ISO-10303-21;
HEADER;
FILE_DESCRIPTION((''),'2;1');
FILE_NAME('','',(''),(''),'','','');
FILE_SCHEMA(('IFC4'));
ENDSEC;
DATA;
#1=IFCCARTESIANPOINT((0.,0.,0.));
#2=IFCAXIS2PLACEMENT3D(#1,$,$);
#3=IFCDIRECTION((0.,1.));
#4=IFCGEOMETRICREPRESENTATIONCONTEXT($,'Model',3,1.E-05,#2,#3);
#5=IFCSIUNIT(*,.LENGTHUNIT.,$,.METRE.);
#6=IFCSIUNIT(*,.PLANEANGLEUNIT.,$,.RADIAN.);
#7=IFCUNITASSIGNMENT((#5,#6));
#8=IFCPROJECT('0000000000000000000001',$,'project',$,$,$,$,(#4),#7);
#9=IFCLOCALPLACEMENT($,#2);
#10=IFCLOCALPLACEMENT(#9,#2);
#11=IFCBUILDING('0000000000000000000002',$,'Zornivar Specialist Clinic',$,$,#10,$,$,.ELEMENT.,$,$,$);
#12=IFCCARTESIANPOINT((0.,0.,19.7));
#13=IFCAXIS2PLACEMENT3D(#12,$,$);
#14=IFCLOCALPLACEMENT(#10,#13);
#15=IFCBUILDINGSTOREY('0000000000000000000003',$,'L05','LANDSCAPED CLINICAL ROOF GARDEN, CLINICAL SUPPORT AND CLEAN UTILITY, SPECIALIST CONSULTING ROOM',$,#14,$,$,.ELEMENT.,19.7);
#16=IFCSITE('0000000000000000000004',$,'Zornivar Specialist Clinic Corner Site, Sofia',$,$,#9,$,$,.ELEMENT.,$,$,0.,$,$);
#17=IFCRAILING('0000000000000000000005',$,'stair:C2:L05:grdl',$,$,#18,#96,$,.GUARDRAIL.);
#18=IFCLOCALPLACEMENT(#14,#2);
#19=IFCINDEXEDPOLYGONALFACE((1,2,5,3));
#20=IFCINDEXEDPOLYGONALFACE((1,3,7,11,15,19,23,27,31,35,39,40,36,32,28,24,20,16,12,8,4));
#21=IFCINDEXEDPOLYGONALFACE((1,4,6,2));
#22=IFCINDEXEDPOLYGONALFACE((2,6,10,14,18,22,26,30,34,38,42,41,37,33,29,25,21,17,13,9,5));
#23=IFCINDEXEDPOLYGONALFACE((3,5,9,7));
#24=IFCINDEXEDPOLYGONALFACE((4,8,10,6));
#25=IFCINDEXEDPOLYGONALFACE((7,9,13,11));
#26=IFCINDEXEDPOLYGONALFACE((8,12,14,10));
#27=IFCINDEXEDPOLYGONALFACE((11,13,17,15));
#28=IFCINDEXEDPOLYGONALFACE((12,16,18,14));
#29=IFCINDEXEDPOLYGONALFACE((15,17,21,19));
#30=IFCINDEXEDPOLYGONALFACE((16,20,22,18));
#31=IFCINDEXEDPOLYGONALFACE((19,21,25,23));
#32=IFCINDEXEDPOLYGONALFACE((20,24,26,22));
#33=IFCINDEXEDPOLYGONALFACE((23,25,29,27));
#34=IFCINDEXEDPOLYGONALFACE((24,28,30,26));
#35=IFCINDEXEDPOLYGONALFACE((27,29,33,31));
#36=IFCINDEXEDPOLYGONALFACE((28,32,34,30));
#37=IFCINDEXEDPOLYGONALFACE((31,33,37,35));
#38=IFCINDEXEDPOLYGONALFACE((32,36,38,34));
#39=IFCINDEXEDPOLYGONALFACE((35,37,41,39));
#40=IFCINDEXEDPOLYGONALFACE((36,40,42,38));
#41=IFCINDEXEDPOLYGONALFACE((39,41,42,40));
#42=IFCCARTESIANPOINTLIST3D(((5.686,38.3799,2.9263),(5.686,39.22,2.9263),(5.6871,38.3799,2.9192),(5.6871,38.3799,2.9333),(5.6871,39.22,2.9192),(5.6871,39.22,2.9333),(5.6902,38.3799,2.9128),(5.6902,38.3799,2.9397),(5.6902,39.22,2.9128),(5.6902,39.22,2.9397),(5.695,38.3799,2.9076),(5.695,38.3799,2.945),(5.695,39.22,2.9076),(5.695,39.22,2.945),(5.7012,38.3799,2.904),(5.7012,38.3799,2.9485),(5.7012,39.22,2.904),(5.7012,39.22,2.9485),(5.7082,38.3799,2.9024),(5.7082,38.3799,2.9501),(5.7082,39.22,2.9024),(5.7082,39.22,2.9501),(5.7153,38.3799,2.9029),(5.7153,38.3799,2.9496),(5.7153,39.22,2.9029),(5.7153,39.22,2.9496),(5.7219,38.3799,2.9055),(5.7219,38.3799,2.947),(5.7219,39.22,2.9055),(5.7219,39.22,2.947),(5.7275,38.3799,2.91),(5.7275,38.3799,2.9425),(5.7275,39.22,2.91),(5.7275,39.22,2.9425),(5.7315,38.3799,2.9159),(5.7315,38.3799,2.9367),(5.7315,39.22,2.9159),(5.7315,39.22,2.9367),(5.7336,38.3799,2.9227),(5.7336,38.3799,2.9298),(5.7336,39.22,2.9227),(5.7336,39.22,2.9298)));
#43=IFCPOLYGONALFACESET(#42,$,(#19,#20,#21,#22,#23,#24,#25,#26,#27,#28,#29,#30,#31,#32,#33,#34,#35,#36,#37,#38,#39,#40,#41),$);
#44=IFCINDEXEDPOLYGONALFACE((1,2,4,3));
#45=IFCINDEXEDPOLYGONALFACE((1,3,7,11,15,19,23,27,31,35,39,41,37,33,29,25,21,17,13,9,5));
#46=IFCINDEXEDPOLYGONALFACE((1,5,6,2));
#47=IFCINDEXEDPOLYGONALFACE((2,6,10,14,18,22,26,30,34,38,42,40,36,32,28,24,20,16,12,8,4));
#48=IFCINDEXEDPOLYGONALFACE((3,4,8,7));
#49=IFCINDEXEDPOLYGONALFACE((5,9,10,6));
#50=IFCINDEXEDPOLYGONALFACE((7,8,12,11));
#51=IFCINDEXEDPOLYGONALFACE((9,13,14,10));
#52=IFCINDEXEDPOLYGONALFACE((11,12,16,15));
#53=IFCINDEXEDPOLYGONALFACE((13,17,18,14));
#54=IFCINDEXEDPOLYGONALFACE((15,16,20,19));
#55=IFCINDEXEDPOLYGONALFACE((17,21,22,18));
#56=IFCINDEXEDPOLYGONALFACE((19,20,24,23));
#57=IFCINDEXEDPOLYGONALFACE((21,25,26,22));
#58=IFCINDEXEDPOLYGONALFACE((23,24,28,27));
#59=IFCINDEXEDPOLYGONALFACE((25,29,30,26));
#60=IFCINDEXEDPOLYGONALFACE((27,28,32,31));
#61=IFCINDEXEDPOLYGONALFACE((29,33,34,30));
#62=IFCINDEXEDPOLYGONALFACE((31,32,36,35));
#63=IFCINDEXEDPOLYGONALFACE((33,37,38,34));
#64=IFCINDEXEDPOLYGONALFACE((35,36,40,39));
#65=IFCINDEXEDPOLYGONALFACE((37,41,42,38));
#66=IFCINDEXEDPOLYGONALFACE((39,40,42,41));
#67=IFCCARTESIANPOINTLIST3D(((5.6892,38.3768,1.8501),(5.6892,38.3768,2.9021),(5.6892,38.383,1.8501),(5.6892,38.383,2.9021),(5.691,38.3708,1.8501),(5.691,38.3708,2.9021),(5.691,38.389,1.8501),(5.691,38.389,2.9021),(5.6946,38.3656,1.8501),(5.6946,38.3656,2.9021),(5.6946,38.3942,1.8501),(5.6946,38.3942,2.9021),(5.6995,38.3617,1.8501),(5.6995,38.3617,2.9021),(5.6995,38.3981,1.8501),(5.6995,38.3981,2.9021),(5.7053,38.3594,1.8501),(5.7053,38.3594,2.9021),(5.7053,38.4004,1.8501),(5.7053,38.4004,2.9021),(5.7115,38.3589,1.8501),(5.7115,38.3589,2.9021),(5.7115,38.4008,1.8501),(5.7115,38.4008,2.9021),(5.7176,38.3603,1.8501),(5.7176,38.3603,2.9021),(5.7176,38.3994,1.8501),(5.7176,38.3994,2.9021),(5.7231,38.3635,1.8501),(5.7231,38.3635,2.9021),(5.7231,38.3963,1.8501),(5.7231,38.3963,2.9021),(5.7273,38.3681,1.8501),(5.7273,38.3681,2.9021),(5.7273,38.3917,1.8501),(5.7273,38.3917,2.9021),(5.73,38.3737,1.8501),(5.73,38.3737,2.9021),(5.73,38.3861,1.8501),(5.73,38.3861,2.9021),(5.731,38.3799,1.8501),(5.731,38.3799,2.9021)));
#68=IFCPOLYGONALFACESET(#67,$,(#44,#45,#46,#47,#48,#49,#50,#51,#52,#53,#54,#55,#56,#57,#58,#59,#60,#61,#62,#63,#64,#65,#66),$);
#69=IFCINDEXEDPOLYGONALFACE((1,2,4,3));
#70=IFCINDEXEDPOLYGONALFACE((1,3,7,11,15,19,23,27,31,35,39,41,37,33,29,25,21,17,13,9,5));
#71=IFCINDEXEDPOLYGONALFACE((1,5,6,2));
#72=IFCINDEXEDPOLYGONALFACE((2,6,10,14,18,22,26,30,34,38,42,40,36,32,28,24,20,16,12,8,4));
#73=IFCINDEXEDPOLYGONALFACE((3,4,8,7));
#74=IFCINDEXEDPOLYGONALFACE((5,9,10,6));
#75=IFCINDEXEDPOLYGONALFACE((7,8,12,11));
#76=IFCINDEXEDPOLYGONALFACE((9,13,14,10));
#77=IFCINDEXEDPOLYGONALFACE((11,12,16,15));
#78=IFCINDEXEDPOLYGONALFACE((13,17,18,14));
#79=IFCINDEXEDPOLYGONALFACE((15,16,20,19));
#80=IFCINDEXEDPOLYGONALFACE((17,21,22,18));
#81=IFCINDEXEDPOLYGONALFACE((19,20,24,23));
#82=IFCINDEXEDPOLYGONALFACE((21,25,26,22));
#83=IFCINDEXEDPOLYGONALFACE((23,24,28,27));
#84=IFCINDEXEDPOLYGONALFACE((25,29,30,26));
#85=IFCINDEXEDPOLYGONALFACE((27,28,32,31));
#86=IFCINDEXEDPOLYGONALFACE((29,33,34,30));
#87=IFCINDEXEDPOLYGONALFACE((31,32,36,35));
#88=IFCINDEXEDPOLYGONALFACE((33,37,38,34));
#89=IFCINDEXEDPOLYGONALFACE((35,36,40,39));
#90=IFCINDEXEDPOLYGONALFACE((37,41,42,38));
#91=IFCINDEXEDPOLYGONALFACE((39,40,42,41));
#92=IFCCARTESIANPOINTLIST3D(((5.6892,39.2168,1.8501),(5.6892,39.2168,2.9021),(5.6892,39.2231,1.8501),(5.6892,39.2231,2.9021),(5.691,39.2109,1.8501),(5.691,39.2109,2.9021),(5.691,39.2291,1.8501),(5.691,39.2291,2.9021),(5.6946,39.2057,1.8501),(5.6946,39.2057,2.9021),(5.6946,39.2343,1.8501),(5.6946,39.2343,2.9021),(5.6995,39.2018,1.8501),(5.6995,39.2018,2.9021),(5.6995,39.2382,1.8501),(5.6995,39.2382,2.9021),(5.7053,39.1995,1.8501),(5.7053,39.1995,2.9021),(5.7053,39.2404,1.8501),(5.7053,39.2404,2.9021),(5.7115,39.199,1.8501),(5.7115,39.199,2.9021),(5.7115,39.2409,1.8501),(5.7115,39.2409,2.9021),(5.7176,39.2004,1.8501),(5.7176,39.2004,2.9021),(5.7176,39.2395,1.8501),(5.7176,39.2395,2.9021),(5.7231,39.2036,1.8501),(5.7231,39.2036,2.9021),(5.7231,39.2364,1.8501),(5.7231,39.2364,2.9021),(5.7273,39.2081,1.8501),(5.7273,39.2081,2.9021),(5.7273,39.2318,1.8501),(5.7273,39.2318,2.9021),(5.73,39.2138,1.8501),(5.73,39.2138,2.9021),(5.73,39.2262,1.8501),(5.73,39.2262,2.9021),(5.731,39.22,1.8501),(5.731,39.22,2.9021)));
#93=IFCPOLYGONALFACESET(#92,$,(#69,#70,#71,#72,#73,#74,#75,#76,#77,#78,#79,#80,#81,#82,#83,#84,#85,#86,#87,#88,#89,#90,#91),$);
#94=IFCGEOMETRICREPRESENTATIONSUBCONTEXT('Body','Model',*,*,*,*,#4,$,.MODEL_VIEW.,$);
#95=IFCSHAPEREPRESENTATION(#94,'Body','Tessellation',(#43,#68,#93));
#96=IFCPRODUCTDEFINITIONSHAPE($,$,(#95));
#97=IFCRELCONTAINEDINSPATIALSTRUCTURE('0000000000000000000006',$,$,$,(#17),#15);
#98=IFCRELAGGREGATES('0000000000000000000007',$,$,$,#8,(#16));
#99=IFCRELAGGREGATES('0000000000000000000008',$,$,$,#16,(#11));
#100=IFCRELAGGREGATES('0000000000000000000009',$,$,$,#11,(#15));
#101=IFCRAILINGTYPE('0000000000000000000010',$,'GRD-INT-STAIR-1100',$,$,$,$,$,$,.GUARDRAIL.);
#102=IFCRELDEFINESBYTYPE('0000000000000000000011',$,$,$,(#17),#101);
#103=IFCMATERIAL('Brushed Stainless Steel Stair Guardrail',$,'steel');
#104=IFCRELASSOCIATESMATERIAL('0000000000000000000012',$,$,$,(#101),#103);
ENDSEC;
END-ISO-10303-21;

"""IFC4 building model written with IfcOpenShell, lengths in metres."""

from ifc_helpers import new_model, si_unit, direction, frame, origin, origin_2d, place, context, subcontext, project, spatial, circle, extrude, material, type_object, element, save


model = new_model("IFC4")

# Units and contexts
model_context = context("Model", 3, precision=1e-05, world=origin(), true_north=direction((0.0, 1.0)))
body_context = subcontext(model_context, "Body", "Model", "MODEL_VIEW")
ifc_project = project(units=[si_unit("LENGTHUNIT", "METRE"), si_unit("PLANEANGLEUNIT", "RADIAN")], contexts=[model_context])

# Site, building, storey
site_placement = place(None, origin())
site = spatial("IfcSite", under=ifc_project, at=site_placement, Name="Zornivar Specialist Clinic Corner Site, Sofia", CompositionType="ELEMENT", RefElevation=0.0)
building_placement = place(site_placement, origin())
building = spatial("IfcBuilding", under=site, at=building_placement, Name="Zornivar Specialist Clinic", CompositionType="ELEMENT")
storey_placement = place(building_placement, frame((0.0, 0.0, 19.7)))
storey = spatial("IfcBuildingStorey", under=building, at=storey_placement, Name="L05", Description="LANDSCAPED CLINICAL ROOF GARDEN, CLINICAL SUPPORT AND CLEAN UTILITY, SPECIALIST CONSULTING ROOM", CompositionType="ELEMENT", Elevation=19.7)

# Railing
ifc_material_1 = material(Name="Brushed Stainless Steel Stair Guardrail", Category="steel")
railing_type_1 = type_object("IfcRailingType", Name="GRD-INT-STAIR-1100", PredefinedType="GUARDRAIL", material=ifc_material_1)
railing_1_placement = place(storey_placement, frame((5.71, 38.3799, 1.8501)))
element("IfcRailing", 1, at=railing_1_placement, inside=storey, type_object=railing_type_1, Name="stair:C2:L05:grdl", PredefinedType="GUARDRAIL", context=body_context, shape_type="SweptSolid", body=[
    extrude(circle(Radius=0.0239, at=origin_2d()), frame((0.0, 0.0, 1.0762), z_axis=(0.0, 1.0, 0.0), x_axis=(-1.0, 0.0, 0.0)), (0.0, 0.0, 1.0), 0.8401),
    extrude(circle(Radius=0.021, at=origin_2d()), origin(), (0.0, 0.0, 1.0), 1.052),
    extrude(circle(Radius=0.021, at=origin_2d()), frame((0.0, 0.8401, 0.0)), (0.0, 0.0, 1.0), 1.052),
])

save(model, "model.ifc")
